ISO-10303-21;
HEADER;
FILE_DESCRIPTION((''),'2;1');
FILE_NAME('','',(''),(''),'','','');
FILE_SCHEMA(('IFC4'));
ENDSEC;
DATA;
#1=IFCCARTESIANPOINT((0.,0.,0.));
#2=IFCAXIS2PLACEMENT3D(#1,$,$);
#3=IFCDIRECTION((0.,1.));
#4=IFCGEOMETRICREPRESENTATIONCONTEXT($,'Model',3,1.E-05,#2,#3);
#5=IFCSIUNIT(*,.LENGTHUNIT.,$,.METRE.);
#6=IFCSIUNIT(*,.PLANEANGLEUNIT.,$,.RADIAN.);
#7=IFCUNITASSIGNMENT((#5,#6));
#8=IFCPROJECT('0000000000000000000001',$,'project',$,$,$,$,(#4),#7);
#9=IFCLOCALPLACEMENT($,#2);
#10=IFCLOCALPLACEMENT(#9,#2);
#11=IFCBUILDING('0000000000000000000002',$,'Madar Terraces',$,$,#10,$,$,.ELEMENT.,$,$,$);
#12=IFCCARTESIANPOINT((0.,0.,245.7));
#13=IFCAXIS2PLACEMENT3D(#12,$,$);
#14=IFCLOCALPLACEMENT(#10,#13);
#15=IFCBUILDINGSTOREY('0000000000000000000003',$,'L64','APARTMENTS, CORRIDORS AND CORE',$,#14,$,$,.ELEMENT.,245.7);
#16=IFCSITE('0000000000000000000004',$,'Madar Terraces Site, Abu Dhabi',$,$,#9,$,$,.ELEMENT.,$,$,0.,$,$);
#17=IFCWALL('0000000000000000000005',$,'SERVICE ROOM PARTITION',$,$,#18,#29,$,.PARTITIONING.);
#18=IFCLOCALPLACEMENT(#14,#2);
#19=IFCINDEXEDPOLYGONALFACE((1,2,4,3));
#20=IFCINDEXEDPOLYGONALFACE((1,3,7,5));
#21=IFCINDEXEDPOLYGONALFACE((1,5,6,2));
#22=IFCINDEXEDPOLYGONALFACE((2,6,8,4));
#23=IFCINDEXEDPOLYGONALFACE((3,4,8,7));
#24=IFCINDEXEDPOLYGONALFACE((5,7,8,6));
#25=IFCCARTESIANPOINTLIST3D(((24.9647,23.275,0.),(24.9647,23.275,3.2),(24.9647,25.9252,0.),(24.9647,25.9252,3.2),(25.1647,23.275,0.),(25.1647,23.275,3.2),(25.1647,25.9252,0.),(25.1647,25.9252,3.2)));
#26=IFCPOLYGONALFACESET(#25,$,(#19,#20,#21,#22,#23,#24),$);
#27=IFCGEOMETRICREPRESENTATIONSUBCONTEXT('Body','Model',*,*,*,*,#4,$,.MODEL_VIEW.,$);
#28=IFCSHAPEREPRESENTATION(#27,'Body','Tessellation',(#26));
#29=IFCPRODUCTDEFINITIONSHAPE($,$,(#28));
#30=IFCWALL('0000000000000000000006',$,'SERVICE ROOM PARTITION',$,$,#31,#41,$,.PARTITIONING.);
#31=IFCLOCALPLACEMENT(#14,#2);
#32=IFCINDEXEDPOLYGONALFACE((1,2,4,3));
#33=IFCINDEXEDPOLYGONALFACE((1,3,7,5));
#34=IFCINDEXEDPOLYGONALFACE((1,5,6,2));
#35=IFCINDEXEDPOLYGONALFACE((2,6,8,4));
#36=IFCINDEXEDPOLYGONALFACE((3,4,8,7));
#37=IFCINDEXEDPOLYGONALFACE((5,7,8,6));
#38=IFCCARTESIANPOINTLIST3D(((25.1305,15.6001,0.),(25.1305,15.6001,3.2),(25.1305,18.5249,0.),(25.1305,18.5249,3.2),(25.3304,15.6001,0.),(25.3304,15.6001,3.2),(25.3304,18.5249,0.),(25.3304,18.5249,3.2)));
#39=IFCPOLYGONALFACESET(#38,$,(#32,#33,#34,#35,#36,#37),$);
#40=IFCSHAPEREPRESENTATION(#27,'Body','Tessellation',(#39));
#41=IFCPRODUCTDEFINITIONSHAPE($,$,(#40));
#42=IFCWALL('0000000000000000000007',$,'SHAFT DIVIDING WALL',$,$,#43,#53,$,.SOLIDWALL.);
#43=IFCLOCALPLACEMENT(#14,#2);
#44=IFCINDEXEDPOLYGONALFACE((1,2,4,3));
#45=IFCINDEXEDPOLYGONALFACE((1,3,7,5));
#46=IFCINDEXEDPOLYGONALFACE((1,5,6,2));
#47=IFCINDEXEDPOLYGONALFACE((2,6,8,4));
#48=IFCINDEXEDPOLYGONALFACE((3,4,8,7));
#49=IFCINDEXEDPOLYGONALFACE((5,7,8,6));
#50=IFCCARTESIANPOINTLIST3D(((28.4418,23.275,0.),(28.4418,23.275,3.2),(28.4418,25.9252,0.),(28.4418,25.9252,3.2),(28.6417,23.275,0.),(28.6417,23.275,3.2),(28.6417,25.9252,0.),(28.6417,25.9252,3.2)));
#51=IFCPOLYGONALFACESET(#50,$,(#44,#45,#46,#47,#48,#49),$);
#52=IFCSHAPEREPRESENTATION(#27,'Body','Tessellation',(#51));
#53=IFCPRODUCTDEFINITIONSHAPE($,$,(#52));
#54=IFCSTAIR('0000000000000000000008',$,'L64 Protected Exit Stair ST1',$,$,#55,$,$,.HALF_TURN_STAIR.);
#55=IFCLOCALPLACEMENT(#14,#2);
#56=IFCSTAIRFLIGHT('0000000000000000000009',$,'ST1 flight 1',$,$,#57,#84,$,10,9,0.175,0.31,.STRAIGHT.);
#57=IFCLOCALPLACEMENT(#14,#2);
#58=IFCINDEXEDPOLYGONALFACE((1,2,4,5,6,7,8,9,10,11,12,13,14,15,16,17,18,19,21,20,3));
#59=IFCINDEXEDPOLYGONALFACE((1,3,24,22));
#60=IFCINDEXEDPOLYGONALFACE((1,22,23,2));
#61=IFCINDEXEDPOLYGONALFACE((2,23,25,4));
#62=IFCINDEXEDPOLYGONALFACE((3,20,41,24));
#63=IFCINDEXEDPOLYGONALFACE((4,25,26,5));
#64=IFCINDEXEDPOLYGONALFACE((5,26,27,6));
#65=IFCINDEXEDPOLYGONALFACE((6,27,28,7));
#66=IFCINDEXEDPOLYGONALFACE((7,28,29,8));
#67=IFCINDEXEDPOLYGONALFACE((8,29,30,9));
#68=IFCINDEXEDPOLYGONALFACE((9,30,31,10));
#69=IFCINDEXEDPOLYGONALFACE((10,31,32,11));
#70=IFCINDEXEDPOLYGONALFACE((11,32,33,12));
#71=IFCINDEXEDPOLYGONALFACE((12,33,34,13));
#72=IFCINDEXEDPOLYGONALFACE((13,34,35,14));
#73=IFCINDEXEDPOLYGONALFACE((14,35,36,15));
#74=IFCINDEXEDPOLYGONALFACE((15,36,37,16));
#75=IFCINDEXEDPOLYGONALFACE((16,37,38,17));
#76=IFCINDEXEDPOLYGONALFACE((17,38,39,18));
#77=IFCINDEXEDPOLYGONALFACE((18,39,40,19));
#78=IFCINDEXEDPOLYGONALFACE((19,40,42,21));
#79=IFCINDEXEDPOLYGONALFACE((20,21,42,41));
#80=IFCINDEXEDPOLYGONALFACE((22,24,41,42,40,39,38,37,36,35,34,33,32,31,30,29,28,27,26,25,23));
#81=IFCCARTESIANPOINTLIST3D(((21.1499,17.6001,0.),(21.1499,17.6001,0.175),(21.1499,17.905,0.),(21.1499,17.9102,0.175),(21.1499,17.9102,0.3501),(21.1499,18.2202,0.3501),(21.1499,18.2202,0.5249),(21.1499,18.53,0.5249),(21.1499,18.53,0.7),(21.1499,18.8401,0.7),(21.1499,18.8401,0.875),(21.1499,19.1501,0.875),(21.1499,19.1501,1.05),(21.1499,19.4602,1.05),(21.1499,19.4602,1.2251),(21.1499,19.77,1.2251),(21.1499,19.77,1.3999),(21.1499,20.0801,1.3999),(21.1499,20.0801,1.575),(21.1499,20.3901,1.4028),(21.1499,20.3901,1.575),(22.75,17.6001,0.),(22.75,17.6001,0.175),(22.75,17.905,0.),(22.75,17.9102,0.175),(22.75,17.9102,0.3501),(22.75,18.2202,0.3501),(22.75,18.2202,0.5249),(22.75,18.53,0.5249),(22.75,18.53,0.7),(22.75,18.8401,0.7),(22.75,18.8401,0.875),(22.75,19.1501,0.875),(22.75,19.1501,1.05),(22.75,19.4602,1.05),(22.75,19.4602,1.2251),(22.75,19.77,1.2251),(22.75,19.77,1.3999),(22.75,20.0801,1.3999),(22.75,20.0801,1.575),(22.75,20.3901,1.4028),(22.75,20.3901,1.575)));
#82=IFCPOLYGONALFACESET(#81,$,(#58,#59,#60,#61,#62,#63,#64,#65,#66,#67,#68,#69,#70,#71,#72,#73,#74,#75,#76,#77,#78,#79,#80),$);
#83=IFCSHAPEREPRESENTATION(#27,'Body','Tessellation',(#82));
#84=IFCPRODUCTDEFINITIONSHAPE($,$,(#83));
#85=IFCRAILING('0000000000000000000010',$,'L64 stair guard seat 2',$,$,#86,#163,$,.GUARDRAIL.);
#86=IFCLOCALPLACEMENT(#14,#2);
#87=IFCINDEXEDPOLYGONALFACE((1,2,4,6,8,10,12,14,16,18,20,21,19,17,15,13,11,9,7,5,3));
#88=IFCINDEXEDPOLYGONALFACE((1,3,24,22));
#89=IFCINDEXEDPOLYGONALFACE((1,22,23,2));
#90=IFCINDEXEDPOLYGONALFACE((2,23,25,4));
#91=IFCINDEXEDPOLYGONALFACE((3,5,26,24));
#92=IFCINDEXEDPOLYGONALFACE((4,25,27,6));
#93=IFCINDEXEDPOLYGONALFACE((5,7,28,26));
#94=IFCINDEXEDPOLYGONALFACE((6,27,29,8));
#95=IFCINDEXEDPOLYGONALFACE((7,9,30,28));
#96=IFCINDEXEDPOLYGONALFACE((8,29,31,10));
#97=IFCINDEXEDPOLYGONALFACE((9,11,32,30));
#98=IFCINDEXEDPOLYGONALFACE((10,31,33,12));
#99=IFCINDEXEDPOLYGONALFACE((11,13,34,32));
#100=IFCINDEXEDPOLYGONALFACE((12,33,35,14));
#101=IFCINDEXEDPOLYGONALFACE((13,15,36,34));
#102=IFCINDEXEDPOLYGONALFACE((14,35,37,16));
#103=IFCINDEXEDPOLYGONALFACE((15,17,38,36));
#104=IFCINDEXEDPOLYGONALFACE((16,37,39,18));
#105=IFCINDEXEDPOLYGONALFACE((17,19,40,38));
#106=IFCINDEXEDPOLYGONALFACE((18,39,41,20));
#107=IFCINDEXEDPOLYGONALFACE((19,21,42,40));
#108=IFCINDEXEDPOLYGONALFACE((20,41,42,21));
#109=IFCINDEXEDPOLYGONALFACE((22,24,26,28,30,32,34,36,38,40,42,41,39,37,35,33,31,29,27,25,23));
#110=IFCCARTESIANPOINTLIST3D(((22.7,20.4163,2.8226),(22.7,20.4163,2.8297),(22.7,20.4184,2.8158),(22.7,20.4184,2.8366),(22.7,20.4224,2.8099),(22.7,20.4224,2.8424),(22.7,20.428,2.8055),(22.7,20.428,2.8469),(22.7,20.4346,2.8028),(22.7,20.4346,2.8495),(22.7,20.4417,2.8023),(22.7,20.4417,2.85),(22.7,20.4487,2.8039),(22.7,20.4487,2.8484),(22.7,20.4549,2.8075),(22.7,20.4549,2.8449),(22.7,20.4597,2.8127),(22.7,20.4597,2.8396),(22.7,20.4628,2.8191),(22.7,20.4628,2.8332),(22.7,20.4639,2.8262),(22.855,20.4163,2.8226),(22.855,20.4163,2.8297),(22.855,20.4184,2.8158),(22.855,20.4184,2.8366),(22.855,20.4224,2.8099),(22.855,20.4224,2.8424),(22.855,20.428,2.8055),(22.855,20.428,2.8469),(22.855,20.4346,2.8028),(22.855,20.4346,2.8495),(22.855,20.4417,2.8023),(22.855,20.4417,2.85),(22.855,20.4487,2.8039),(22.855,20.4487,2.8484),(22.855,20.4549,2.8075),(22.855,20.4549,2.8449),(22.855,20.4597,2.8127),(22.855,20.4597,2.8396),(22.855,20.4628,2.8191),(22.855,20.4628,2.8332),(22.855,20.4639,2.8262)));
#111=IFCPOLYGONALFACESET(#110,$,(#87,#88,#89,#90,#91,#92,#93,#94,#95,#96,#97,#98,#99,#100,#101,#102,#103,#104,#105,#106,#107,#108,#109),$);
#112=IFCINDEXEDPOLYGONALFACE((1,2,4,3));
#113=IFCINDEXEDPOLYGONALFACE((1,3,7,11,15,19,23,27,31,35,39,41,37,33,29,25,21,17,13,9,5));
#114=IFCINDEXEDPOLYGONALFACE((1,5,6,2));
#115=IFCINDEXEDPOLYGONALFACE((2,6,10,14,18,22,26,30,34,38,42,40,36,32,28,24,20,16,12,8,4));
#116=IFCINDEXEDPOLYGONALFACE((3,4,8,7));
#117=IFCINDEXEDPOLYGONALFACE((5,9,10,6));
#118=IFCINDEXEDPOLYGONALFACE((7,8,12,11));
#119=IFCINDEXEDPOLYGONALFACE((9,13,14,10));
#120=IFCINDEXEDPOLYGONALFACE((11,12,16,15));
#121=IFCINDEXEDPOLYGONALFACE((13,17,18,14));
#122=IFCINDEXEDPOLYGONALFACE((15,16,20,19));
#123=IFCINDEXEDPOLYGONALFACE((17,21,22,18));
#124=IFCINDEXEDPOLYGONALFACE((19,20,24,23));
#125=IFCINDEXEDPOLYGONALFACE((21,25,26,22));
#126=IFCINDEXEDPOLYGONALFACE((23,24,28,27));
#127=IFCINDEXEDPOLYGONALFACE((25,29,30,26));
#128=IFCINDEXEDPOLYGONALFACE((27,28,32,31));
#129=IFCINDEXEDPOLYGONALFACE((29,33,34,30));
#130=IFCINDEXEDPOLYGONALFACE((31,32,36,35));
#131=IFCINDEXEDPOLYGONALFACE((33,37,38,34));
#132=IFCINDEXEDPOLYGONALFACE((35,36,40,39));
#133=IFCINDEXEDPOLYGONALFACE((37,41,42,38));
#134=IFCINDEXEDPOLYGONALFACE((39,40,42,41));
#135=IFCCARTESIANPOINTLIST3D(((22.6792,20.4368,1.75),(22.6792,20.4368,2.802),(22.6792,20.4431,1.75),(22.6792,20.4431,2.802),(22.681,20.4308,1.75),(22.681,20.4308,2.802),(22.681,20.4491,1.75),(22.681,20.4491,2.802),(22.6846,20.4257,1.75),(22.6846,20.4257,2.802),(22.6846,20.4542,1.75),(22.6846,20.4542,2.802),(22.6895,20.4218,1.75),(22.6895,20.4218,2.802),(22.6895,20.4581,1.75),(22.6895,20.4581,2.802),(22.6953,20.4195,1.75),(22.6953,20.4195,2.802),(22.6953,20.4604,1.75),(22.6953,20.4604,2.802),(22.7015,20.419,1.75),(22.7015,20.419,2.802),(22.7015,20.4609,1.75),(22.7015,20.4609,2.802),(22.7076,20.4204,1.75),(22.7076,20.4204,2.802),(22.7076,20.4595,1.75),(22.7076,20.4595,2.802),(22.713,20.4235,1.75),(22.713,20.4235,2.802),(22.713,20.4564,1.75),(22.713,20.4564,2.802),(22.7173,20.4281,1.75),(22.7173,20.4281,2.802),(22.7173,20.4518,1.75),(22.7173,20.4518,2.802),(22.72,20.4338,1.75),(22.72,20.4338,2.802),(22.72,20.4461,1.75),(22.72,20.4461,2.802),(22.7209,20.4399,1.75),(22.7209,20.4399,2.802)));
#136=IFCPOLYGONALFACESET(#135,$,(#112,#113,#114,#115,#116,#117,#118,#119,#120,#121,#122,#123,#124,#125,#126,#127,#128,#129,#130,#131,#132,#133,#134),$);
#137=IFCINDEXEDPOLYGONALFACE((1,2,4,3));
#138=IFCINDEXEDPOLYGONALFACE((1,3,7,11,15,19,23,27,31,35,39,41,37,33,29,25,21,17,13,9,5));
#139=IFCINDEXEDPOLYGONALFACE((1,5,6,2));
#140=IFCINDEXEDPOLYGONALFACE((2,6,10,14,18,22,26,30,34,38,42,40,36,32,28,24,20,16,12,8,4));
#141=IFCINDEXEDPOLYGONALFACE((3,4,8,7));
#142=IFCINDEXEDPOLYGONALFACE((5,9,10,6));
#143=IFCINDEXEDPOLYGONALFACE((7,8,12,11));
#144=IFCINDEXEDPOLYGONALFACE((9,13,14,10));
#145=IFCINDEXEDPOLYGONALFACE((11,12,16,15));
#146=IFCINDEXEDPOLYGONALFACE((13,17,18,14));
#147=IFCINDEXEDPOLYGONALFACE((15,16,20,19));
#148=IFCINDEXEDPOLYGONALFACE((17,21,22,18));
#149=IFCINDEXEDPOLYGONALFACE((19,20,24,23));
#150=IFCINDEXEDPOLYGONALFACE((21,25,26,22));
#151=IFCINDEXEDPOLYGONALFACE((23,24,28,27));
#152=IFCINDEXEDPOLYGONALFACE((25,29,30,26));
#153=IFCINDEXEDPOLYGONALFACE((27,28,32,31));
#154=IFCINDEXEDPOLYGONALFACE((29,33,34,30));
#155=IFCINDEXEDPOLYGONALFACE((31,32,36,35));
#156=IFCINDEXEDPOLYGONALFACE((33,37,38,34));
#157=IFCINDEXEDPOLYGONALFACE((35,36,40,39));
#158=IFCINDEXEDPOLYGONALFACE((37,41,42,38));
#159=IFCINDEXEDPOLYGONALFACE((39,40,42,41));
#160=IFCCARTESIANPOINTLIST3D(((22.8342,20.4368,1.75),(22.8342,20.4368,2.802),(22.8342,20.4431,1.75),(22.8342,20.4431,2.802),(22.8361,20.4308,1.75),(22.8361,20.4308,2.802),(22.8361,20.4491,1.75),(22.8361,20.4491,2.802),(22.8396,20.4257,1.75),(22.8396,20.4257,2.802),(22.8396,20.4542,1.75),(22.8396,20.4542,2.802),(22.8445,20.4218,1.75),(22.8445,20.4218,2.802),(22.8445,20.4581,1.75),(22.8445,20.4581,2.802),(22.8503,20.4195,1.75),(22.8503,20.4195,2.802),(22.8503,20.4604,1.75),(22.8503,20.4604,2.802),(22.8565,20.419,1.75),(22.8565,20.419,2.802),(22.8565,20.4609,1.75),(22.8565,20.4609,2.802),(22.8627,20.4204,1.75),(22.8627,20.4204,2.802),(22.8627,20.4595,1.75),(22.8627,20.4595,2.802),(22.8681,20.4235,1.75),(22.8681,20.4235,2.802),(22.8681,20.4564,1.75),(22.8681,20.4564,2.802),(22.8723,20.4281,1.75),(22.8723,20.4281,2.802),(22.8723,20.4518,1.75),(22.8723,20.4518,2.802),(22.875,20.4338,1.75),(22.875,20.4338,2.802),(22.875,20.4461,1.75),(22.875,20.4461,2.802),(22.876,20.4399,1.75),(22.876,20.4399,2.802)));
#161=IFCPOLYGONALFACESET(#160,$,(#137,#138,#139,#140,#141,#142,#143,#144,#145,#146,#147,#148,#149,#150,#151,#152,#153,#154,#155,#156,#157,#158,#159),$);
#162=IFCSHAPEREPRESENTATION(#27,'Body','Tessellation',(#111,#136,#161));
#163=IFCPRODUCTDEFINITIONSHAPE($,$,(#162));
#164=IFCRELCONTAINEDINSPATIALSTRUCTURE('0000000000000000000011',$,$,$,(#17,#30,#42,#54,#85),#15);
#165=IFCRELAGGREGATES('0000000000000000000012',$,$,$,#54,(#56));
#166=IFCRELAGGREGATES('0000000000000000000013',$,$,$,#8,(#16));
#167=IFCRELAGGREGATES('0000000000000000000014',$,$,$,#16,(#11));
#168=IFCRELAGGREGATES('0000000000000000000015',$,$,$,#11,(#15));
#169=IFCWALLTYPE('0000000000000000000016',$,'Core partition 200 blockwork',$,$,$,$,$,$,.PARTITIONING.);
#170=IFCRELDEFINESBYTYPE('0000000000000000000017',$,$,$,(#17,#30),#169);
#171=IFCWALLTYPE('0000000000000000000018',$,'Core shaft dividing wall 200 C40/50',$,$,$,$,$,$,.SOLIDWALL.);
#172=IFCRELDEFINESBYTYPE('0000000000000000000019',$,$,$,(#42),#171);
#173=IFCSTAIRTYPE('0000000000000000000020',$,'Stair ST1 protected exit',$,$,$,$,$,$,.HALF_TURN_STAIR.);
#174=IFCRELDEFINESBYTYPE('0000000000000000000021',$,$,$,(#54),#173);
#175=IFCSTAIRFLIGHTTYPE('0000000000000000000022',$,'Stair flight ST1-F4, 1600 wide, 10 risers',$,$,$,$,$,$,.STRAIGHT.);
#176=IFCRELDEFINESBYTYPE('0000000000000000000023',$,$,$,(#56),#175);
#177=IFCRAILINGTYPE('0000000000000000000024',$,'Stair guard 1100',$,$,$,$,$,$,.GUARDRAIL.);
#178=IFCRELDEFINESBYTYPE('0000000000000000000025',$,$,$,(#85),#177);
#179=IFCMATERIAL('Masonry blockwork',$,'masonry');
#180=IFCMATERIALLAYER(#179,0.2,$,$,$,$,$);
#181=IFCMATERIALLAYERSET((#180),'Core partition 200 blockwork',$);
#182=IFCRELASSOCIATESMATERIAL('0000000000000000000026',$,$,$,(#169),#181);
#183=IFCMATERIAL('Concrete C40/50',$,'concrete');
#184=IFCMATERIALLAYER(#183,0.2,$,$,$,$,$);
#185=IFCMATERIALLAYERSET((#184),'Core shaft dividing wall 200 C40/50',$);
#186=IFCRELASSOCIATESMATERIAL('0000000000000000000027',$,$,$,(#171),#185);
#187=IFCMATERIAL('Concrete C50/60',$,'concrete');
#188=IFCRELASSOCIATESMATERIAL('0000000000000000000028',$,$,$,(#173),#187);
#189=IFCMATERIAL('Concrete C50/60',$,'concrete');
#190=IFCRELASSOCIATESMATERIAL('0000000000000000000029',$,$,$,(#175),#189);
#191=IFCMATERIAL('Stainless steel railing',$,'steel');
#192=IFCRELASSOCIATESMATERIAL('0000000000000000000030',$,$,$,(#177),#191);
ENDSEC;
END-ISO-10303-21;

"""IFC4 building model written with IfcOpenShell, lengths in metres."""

from ifc_helpers import new_model, si_unit, direction, frame, frame_2d, origin, origin_2d, place, context, subcontext, project, spatial, polyline, rectangle, circle, outline, extrude, material, layer, layer_set, type_object, element, aggregate, save


model = new_model("IFC4")

# Units and contexts
model_context = context("Model", 3, precision=1e-05, world=origin(), true_north=direction((0.0, 1.0)))
body_context = subcontext(model_context, "Body", "Model", "MODEL_VIEW")
ifc_project = project(units=[si_unit("LENGTHUNIT", "METRE"), si_unit("PLANEANGLEUNIT", "RADIAN")], contexts=[model_context])

# Site, building, storey
site_placement = place(None, origin())
site = spatial("IfcSite", under=ifc_project, at=site_placement, Name="Madar Terraces Site, Abu Dhabi", CompositionType="ELEMENT", RefElevation=0.0)
building_placement = place(site_placement, origin())
building = spatial("IfcBuilding", under=site, at=building_placement, Name="Madar Terraces", CompositionType="ELEMENT")
storey_placement = place(building_placement, frame((0.0, 0.0, 245.7)))
storey = spatial("IfcBuildingStorey", under=building, at=storey_placement, Name="L64", Description="APARTMENTS, CORRIDORS AND CORE", CompositionType="ELEMENT", Elevation=245.7)

# Walls
ifc_material_1 = material(Name="Masonry blockwork", Category="masonry")
ifc_layer_1 = layer(ifc_material_1, 0.2)
ifc_layer_set_1 = layer_set([ifc_layer_1], Name="Core partition 200 blockwork")
wall_type_1 = type_object("IfcWallType", Name="Core partition 200 blockwork", PredefinedType="PARTITIONING", material=ifc_layer_set_1)
wall_1_placement = place(storey_placement, frame((25.0647, 23.2749, 0.0), z_axis=(0.0, 0.0, 1.0), x_axis=(0.0, 1.0, 0.0)))
element("IfcWall", 1, at=wall_1_placement, inside=storey, type_object=wall_type_1, Name="SERVICE ROOM PARTITION", PredefinedType="PARTITIONING", context=body_context, shape_type="SweptSolid", body=[
    extrude(rectangle(XDim=2.6501, YDim=0.2, at=frame_2d((1.3252, 0.0))), origin(), (0.0, 0.0, 1.0), 3.2),
])
wall_2_placement = place(storey_placement, frame((25.2305, 15.6001, 0.0), z_axis=(0.0, 0.0, 1.0), x_axis=(0.0, 1.0, 0.0)))
element("IfcWall", 2, at=wall_2_placement, inside=storey, type_object=wall_type_1, Name="SERVICE ROOM PARTITION", PredefinedType="PARTITIONING", context=body_context, shape_type="SweptSolid", body=[
    extrude(rectangle(XDim=2.9248, YDim=0.2, at=frame_2d((1.4624, 0.0))), origin(), (0.0, 0.0, 1.0), 3.2),
])
ifc_material_2 = material(Name="Concrete C40/50", Category="concrete")
ifc_layer_2 = layer(ifc_material_2, 0.2)
ifc_layer_set_2 = layer_set([ifc_layer_2], Name="Core shaft dividing wall 200 C40/50")
wall_type_2 = type_object("IfcWallType", Name="Core shaft dividing wall 200 C40/50", PredefinedType="SOLIDWALL", material=ifc_layer_set_2)
wall_3_placement = place(storey_placement, frame((28.5417, 23.2749, 0.0), z_axis=(0.0, 0.0, 1.0), x_axis=(0.0, 1.0, 0.0)))
element("IfcWall", 3, at=wall_3_placement, inside=storey, type_object=wall_type_2, Name="SHAFT DIVIDING WALL", PredefinedType="SOLIDWALL", context=body_context, shape_type="SweptSolid", body=[
    extrude(rectangle(XDim=2.6501, YDim=0.2, at=frame_2d((1.3252, 0.0))), origin(), (0.0, 0.0, 1.0), 3.2),
])

# Stair, stair flight
ifc_material_3 = material(Name="Concrete C50/60", Category="concrete")
stair_type = type_object("IfcStairType", Name="Stair ST1 protected exit", PredefinedType="HALF_TURN_STAIR", material=ifc_material_3)
stair_placement = place(storey_placement, origin())
stair = element("IfcStair", 4, at=stair_placement, inside=storey, type_object=stair_type, Name="L64 Protected Exit Stair ST1", PredefinedType="HALF_TURN_STAIR")
ifc_material_4 = material(Name="Concrete C50/60", Category="concrete")
stair_flight_type = type_object("IfcStairFlightType", Name="Stair flight ST1-F4, 1600 wide, 10 risers", PredefinedType="STRAIGHT", material=ifc_material_4)
stair_flight_placement = place(storey_placement, frame((21.95, 17.6001, 0.0), z_axis=(0.0, 0.0, 1.0), x_axis=(0.0, 1.0, 0.0)))
stair_flight = element("IfcStairFlight", 5, at=stair_flight_placement, type_object=stair_flight_type, Name="ST1 flight 1", NumberOfRisers=10, NumberOfTreads=9, PredefinedType="STRAIGHT", RiserHeight=0.175, TreadLength=0.31, context=body_context, shape_type="SweptSolid", body=[
    extrude(outline(polyline([(0.0, 0.0), (0.0, 0.175), (0.3101, 0.175), (0.3101, 0.3501), (0.6201, 0.3501), (0.6201, 0.5249), (0.9299, 0.5249), (0.9299, 0.7), (1.24, 0.7), (1.24, 0.875), (1.55, 0.875), (1.55, 1.05), (1.8601, 1.05), (1.8601, 1.2251), (2.1699, 1.2251), (2.1699, 1.3999), (2.48, 1.3999), (2.48, 1.575), (2.79, 1.575), (2.79, 1.75), (2.79, 1.4028), (0.3049, 0.0), (0.0, 0.0)])), frame((0.0, 0.8, 0.0), z_axis=(0.0, -1.0, 0.0), x_axis=(1.0, 0.0, 0.0)), (0.0, 0.0, 1.0), 1.6001),
])
aggregate(stair, [stair_flight])

# Railing
ifc_material_5 = material(Name="Stainless steel railing", Category="steel")
railing_type_1 = type_object("IfcRailingType", Name="Stair guard 1100", PredefinedType="GUARDRAIL", material=ifc_material_5)
for number, where, name in (
    (6, (22.7, 20.4399, 1.75), "L64 stair guard seat 2"),
):
    element("IfcRailing", number, at=place(storey_placement, frame(where)), inside=storey, type_object=railing_type_1, Name=name, PredefinedType="GUARDRAIL", context=body_context, shape_type="SweptSolid", body=[
        extrude(circle(Radius=0.0239, at=origin_2d()), frame((0.0, 0.0, 1.0762), z_axis=(1.0, 0.0, 0.0), x_axis=(0.0, 1.0, 0.0)), (0.0, 0.0, 1.0), 0.155),
        extrude(circle(Radius=0.021, at=origin_2d()), origin(), (0.0, 0.0, 1.0), 1.052),
        extrude(circle(Radius=0.021, at=origin_2d()), frame((0.155, 0.0, 0.0)), (0.0, 0.0, 1.0), 1.052),
    ])

save(model, "model.ifc")
